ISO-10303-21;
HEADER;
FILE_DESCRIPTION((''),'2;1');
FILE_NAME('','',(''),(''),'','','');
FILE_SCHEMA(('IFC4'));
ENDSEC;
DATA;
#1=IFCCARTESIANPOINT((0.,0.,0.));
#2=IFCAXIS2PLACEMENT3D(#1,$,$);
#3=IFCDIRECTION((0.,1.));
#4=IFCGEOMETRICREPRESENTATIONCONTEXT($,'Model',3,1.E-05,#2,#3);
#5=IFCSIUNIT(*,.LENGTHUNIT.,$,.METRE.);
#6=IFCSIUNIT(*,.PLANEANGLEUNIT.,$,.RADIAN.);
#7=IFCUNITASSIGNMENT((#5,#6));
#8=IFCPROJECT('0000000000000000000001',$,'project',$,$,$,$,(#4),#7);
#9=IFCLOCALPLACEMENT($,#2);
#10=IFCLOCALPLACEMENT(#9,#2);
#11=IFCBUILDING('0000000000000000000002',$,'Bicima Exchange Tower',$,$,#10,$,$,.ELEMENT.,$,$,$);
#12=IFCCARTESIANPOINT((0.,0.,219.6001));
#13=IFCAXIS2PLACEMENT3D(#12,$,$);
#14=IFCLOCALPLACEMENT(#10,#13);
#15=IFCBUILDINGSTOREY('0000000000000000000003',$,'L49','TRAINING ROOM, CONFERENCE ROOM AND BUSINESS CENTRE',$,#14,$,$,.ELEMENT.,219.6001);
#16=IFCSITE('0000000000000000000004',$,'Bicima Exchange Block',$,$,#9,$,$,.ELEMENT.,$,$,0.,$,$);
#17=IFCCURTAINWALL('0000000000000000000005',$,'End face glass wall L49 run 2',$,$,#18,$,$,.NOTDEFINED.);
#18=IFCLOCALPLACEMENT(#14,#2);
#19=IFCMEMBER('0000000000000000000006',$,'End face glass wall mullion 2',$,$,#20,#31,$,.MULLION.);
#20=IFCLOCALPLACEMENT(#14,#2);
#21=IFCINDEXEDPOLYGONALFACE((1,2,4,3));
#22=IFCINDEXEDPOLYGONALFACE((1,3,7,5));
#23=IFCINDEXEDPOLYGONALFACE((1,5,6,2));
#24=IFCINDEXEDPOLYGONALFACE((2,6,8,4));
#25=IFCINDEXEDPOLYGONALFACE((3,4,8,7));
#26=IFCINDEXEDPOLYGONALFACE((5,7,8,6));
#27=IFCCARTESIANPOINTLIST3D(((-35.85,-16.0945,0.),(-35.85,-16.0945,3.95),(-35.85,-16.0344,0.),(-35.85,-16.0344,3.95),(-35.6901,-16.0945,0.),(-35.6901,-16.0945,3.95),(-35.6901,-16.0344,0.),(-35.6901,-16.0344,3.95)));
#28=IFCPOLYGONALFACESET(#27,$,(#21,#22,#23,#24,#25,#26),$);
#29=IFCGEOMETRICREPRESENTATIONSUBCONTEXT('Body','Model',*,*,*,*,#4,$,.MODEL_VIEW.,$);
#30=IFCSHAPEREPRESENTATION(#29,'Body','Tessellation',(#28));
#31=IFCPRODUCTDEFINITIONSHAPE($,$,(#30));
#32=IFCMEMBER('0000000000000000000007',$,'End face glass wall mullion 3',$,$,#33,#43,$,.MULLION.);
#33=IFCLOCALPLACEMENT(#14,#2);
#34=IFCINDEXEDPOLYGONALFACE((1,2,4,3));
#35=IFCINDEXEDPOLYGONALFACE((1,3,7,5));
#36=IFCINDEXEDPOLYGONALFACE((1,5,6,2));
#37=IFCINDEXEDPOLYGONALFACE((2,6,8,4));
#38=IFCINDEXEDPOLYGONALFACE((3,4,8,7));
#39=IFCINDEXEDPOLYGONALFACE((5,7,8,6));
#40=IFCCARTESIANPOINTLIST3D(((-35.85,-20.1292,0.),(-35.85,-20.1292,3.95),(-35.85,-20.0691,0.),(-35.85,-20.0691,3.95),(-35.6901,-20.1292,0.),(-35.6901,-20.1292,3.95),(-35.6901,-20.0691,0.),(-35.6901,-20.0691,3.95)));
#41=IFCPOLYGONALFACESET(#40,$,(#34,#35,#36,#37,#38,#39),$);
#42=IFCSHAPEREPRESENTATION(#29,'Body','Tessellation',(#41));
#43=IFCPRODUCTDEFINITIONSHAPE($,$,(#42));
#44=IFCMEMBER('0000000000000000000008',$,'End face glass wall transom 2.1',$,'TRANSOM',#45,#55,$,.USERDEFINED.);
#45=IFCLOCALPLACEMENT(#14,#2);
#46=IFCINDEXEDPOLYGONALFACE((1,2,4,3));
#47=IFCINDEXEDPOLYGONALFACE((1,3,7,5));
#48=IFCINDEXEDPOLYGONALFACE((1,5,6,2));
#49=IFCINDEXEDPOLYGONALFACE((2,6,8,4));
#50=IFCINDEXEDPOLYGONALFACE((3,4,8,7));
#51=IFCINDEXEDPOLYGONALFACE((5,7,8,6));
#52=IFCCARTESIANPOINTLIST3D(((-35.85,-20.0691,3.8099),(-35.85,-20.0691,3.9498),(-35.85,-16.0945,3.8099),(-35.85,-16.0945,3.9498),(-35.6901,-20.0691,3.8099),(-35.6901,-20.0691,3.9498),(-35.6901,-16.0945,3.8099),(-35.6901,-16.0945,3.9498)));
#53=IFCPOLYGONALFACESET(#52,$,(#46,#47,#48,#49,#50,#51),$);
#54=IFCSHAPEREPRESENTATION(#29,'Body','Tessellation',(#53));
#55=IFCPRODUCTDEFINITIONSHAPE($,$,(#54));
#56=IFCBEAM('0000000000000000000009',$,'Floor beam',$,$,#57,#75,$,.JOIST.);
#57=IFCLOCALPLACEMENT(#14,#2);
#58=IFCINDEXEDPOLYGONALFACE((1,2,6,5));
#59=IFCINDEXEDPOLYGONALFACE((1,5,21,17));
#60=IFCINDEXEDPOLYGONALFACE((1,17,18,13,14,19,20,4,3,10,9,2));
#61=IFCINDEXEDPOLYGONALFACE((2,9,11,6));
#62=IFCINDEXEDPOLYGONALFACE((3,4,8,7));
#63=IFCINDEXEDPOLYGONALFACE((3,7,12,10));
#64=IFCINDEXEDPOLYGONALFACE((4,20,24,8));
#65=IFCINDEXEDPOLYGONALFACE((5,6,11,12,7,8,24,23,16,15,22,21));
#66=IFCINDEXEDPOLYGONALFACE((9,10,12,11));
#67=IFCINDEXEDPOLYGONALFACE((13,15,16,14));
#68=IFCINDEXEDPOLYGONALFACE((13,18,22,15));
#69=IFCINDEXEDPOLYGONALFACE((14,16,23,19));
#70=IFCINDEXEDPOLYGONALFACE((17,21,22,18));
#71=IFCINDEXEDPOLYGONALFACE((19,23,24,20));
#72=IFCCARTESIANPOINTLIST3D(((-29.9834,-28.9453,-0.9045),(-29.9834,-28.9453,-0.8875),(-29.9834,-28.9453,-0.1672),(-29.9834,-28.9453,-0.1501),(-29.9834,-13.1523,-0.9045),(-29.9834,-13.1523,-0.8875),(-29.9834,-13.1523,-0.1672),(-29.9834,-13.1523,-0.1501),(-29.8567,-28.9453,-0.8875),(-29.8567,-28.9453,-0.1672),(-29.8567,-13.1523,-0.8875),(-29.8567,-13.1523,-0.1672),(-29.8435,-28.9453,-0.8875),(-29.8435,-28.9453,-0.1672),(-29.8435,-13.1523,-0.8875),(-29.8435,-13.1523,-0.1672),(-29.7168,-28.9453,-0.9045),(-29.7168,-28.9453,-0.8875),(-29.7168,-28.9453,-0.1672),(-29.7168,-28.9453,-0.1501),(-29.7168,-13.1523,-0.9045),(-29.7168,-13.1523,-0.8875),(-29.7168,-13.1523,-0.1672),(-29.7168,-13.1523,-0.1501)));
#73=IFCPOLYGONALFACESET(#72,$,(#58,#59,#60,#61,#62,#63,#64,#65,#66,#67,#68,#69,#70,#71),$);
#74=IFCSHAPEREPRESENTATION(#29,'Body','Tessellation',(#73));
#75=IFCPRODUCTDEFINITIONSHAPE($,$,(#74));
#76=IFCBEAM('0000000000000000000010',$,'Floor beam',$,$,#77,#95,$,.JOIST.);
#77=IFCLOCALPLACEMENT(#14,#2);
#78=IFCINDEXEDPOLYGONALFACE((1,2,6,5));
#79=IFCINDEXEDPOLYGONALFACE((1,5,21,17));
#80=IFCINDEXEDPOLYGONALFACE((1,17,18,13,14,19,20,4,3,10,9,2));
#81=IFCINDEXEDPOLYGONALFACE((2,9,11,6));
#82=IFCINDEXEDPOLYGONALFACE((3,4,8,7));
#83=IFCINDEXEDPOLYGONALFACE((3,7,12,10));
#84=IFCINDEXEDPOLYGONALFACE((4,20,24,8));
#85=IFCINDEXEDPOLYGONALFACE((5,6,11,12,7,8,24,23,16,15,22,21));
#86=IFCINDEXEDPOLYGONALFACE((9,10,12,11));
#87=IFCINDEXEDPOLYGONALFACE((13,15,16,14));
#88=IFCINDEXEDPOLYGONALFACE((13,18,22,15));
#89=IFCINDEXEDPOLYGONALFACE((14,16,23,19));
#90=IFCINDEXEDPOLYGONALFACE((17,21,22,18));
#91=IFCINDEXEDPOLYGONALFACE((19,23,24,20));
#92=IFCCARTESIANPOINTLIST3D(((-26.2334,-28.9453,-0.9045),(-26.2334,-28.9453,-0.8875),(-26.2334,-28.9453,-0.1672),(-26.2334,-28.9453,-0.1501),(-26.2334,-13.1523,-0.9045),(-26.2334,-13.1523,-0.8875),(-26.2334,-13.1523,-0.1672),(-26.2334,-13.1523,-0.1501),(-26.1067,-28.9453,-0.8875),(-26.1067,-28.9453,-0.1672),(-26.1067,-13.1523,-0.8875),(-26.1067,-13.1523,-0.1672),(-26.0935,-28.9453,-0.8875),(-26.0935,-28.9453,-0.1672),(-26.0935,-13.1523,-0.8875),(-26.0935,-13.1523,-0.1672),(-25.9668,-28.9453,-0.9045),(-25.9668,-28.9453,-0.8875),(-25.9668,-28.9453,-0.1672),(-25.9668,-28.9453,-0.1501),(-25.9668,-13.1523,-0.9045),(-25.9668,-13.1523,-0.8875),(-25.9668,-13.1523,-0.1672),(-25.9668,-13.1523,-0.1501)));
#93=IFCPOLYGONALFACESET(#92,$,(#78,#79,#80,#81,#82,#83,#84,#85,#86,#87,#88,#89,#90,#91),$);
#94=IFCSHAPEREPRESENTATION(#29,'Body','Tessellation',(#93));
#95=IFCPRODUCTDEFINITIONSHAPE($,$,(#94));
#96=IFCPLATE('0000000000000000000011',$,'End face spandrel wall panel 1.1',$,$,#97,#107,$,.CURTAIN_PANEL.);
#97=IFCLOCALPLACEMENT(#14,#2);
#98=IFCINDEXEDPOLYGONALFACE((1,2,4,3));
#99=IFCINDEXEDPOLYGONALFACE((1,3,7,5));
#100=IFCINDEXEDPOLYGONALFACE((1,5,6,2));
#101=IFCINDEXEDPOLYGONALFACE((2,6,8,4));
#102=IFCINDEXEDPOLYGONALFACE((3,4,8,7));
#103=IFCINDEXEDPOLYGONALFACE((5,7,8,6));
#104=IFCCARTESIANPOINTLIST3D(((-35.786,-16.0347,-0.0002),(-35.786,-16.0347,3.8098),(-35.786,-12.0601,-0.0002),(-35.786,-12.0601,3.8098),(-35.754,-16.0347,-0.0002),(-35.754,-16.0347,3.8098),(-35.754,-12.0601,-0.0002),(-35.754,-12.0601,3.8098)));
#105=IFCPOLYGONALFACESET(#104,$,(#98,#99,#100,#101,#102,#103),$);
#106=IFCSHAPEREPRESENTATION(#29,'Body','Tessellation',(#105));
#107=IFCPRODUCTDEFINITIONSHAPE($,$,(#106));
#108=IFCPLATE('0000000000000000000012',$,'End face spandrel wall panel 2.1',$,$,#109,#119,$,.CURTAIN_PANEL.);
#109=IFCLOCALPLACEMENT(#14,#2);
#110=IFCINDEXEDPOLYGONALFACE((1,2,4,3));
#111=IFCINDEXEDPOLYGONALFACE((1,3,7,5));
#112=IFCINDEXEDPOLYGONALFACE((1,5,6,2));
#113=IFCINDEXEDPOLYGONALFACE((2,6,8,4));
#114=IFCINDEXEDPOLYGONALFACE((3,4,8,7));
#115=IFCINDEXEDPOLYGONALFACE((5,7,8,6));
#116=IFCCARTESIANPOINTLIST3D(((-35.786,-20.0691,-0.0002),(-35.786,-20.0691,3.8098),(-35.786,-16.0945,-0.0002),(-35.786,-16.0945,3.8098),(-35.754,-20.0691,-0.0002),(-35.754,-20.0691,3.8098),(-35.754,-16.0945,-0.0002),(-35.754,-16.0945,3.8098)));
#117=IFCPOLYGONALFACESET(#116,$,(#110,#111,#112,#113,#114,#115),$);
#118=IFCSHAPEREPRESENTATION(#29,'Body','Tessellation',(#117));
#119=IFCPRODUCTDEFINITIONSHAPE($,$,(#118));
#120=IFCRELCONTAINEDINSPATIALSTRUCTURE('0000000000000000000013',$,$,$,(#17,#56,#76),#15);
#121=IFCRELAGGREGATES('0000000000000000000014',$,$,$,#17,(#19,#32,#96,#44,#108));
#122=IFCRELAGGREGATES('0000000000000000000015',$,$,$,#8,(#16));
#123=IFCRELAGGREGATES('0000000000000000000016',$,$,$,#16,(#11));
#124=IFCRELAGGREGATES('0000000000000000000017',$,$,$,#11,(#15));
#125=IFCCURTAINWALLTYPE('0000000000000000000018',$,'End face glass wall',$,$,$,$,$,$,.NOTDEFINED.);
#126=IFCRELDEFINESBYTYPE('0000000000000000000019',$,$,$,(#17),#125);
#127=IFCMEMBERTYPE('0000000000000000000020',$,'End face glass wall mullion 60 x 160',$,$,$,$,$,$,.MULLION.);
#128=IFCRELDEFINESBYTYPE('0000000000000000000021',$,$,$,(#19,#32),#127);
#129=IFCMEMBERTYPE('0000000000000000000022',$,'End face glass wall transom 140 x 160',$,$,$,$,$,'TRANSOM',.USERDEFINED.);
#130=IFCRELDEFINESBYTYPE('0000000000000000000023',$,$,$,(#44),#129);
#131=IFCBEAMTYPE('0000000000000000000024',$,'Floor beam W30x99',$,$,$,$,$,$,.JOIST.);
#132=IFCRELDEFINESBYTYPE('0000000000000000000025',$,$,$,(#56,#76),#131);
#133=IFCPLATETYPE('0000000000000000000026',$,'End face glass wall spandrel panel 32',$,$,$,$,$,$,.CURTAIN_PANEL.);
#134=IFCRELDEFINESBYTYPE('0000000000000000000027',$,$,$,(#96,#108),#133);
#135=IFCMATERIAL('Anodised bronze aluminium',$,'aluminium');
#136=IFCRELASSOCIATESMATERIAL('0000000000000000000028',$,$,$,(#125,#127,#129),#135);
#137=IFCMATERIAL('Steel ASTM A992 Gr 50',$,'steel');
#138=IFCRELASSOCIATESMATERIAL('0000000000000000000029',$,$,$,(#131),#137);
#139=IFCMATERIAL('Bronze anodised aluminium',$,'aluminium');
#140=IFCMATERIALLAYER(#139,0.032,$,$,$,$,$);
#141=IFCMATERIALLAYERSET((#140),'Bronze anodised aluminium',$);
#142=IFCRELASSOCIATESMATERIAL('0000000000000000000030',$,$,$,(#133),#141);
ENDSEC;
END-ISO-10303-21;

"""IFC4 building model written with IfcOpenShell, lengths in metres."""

from ifc_helpers import new_model, si_unit, direction, frame, origin, origin_2d, place, context, subcontext, project, spatial, rectangle, i_section, extrude, material, layer, layer_set, material_profile, profile_set, type_object, element, aggregate, save


model = new_model("IFC4")

# Units and contexts
model_context = context("Model", 3, precision=1e-05, world=origin(), true_north=direction((0.0, 1.0)))
body_context = subcontext(model_context, "Body", "Model", "MODEL_VIEW")
ifc_project = project(units=[si_unit("LENGTHUNIT", "METRE"), si_unit("PLANEANGLEUNIT", "RADIAN")], contexts=[model_context])

# Site, building, storey
site_placement = place(None, origin())
site = spatial("IfcSite", under=ifc_project, at=site_placement, Name="Bicima Exchange Block", CompositionType="ELEMENT", RefElevation=0.0)
building_placement = place(site_placement, origin())
building = spatial("IfcBuilding", under=site, at=building_placement, Name="Bicima Exchange Tower", CompositionType="ELEMENT")
storey_placement = place(building_placement, frame((0.0, 0.0, 219.6001)))
storey = spatial("IfcBuildingStorey", under=building, at=storey_placement, Name="L49", Description="TRAINING ROOM, CONFERENCE ROOM AND BUSINESS CENTRE", CompositionType="ELEMENT", Elevation=219.6001)

# Curtain wall, members
ifc_material_1 = material(Name="Anodised bronze aluminium", Category="aluminium")
curtain_wall_type = type_object("IfcCurtainWallType", Name="End face glass wall", PredefinedType="NOTDEFINED", material=ifc_material_1)
curtain_wall_placement = place(storey_placement, origin())
curtain_wall = element("IfcCurtainWall", 1, at=curtain_wall_placement, inside=storey, type_object=curtain_wall_type, Name="End face glass wall L49 run 2", PredefinedType="NOTDEFINED")
ifc_material_profile_1 = material_profile(ifc_material_1, rectangle(XDim=0.1599, YDim=0.0601, at=origin_2d()))
ifc_profile_set_1 = profile_set([ifc_material_profile_1], Name="Anodised bronze aluminium")
member_type_1 = type_object("IfcMemberType", Name="End face glass wall mullion 60 x 160", PredefinedType="MULLION", material=ifc_profile_set_1)
member_1_placement = place(storey_placement, frame((-35.77, -16.0645, 0.0), z_axis=(0.0, 0.0, 1.0), x_axis=(1.0, 0.0, 0.0)))
member_1 = element("IfcMember", 2, at=member_1_placement, type_object=member_type_1, Name="End face glass wall mullion 2", PredefinedType="MULLION", context=body_context, shape_type="SweptSolid", body=[
    extrude(rectangle(XDim=0.1599, YDim=0.0601, at=origin_2d()), origin(), (0.0, 0.0, 1.0), 3.95),
])
member_2_placement = place(storey_placement, frame((-35.77, -20.0991, 0.0), z_axis=(0.0, 0.0, 1.0), x_axis=(1.0, 0.0, 0.0)))
member_2 = element("IfcMember", 3, at=member_2_placement, type_object=member_type_1, Name="End face glass wall mullion 3", PredefinedType="MULLION", context=body_context, shape_type="SweptSolid", body=[
    extrude(rectangle(XDim=0.1599, YDim=0.0601, at=origin_2d()), origin(), (0.0, 0.0, 1.0), 3.95),
])
ifc_material_profile_2 = material_profile(ifc_material_1, rectangle(XDim=0.1599, YDim=0.1399, at=origin_2d()))
ifc_profile_set_2 = profile_set([ifc_material_profile_2], Name="Anodised bronze aluminium")
member_type_2 = type_object("IfcMemberType", Name="End face glass wall transom 140 x 160", ElementType="TRANSOM", PredefinedType="USERDEFINED", material=ifc_profile_set_2)
member_3_placement = place(storey_placement, frame((-35.77, -16.0945, 3.8799), z_axis=(0.0, -1.0, 0.0), x_axis=(1.0, 0.0, 0.0)))
member_3 = element("IfcMember", 4, at=member_3_placement, type_object=member_type_2, Name="End face glass wall transom 2.1", ObjectType="TRANSOM", PredefinedType="USERDEFINED", context=body_context, shape_type="SweptSolid", body=[
    extrude(rectangle(XDim=0.1599, YDim=0.1399, at=origin_2d()), origin(), (0.0, 0.0, 1.0), 3.9746),
])

# Beams
ifc_material_2 = material(Name="Steel ASTM A992 Gr 50", Category="steel")
ifc_material_profile_3 = material_profile(ifc_material_2, i_section(OverallWidth=0.2666, OverallDepth=0.7544, WebThickness=0.0132, FlangeThickness=0.0171, at=origin_2d()))
ifc_profile_set_3 = profile_set([ifc_material_profile_3], Name="Steel ASTM A992 Gr 50")
beam_type = type_object("IfcBeamType", Name="Floor beam W30x99", PredefinedType="JOIST", material=ifc_profile_set_3)
for number, where, z_axis, x_axis, name in (
    (5, (-29.8501, -13.1523, -0.5273), (0.0, -1.0, 0.0), (1.0, 0.0, 0.0), "Floor beam"),
    (6, (-26.1001, -13.1523, -0.5273), (0.0, -1.0, 0.0), (1.0, 0.0, 0.0), "Floor beam"),
):
    element("IfcBeam", number, at=place(storey_placement, frame(where, z_axis=z_axis, x_axis=x_axis)), inside=storey, type_object=beam_type, Name=name, PredefinedType="JOIST", context=body_context, shape_type="SweptSolid", body=[
        extrude(i_section(OverallWidth=0.2666, OverallDepth=0.7544, WebThickness=0.0132, FlangeThickness=0.0171, at=origin_2d()), origin(), (0.0, 0.0, 1.0), 15.793),
    ])

# Plates
ifc_material_3 = material(Name="Bronze anodised aluminium", Category="aluminium")
ifc_layer_1 = layer(ifc_material_3, 0.032)
ifc_layer_set_1 = layer_set([ifc_layer_1], Name="Bronze anodised aluminium")
plate_type = type_object("IfcPlateType", Name="End face glass wall spandrel panel 32", PredefinedType="CURTAIN_PANEL", material=ifc_layer_set_1)
plate_1_placement = place(storey_placement, frame((-35.77, -14.0474, -0.0002), z_axis=(0.0, 0.0, 1.0), x_axis=(0.0, -1.0, 0.0)))
plate_1 = element("IfcPlate", 7, at=plate_1_placement, type_object=plate_type, Name="End face spandrel wall panel 1.1", PredefinedType="CURTAIN_PANEL", context=body_context, shape_type="SweptSolid", body=[
    extrude(rectangle(XDim=3.9746, YDim=0.032, at=origin_2d()), origin(), (0.0, 0.0, 1.0), 3.8101),
])
plate_2_placement = place(storey_placement, frame((-35.77, -18.0818, -0.0002), z_axis=(0.0, 0.0, 1.0), x_axis=(0.0, -1.0, 0.0)))
plate_2 = element("IfcPlate", 8, at=plate_2_placement, type_object=plate_type, Name="End face spandrel wall panel 2.1", PredefinedType="CURTAIN_PANEL", context=body_context, shape_type="SweptSolid", body=[
    extrude(rectangle(XDim=3.9746, YDim=0.032, at=origin_2d()), origin(), (0.0, 0.0, 1.0), 3.8101),
])
aggregate(curtain_wall, [member_1, member_2, plate_1, member_3, plate_2])

save(model, "model.ifc")
